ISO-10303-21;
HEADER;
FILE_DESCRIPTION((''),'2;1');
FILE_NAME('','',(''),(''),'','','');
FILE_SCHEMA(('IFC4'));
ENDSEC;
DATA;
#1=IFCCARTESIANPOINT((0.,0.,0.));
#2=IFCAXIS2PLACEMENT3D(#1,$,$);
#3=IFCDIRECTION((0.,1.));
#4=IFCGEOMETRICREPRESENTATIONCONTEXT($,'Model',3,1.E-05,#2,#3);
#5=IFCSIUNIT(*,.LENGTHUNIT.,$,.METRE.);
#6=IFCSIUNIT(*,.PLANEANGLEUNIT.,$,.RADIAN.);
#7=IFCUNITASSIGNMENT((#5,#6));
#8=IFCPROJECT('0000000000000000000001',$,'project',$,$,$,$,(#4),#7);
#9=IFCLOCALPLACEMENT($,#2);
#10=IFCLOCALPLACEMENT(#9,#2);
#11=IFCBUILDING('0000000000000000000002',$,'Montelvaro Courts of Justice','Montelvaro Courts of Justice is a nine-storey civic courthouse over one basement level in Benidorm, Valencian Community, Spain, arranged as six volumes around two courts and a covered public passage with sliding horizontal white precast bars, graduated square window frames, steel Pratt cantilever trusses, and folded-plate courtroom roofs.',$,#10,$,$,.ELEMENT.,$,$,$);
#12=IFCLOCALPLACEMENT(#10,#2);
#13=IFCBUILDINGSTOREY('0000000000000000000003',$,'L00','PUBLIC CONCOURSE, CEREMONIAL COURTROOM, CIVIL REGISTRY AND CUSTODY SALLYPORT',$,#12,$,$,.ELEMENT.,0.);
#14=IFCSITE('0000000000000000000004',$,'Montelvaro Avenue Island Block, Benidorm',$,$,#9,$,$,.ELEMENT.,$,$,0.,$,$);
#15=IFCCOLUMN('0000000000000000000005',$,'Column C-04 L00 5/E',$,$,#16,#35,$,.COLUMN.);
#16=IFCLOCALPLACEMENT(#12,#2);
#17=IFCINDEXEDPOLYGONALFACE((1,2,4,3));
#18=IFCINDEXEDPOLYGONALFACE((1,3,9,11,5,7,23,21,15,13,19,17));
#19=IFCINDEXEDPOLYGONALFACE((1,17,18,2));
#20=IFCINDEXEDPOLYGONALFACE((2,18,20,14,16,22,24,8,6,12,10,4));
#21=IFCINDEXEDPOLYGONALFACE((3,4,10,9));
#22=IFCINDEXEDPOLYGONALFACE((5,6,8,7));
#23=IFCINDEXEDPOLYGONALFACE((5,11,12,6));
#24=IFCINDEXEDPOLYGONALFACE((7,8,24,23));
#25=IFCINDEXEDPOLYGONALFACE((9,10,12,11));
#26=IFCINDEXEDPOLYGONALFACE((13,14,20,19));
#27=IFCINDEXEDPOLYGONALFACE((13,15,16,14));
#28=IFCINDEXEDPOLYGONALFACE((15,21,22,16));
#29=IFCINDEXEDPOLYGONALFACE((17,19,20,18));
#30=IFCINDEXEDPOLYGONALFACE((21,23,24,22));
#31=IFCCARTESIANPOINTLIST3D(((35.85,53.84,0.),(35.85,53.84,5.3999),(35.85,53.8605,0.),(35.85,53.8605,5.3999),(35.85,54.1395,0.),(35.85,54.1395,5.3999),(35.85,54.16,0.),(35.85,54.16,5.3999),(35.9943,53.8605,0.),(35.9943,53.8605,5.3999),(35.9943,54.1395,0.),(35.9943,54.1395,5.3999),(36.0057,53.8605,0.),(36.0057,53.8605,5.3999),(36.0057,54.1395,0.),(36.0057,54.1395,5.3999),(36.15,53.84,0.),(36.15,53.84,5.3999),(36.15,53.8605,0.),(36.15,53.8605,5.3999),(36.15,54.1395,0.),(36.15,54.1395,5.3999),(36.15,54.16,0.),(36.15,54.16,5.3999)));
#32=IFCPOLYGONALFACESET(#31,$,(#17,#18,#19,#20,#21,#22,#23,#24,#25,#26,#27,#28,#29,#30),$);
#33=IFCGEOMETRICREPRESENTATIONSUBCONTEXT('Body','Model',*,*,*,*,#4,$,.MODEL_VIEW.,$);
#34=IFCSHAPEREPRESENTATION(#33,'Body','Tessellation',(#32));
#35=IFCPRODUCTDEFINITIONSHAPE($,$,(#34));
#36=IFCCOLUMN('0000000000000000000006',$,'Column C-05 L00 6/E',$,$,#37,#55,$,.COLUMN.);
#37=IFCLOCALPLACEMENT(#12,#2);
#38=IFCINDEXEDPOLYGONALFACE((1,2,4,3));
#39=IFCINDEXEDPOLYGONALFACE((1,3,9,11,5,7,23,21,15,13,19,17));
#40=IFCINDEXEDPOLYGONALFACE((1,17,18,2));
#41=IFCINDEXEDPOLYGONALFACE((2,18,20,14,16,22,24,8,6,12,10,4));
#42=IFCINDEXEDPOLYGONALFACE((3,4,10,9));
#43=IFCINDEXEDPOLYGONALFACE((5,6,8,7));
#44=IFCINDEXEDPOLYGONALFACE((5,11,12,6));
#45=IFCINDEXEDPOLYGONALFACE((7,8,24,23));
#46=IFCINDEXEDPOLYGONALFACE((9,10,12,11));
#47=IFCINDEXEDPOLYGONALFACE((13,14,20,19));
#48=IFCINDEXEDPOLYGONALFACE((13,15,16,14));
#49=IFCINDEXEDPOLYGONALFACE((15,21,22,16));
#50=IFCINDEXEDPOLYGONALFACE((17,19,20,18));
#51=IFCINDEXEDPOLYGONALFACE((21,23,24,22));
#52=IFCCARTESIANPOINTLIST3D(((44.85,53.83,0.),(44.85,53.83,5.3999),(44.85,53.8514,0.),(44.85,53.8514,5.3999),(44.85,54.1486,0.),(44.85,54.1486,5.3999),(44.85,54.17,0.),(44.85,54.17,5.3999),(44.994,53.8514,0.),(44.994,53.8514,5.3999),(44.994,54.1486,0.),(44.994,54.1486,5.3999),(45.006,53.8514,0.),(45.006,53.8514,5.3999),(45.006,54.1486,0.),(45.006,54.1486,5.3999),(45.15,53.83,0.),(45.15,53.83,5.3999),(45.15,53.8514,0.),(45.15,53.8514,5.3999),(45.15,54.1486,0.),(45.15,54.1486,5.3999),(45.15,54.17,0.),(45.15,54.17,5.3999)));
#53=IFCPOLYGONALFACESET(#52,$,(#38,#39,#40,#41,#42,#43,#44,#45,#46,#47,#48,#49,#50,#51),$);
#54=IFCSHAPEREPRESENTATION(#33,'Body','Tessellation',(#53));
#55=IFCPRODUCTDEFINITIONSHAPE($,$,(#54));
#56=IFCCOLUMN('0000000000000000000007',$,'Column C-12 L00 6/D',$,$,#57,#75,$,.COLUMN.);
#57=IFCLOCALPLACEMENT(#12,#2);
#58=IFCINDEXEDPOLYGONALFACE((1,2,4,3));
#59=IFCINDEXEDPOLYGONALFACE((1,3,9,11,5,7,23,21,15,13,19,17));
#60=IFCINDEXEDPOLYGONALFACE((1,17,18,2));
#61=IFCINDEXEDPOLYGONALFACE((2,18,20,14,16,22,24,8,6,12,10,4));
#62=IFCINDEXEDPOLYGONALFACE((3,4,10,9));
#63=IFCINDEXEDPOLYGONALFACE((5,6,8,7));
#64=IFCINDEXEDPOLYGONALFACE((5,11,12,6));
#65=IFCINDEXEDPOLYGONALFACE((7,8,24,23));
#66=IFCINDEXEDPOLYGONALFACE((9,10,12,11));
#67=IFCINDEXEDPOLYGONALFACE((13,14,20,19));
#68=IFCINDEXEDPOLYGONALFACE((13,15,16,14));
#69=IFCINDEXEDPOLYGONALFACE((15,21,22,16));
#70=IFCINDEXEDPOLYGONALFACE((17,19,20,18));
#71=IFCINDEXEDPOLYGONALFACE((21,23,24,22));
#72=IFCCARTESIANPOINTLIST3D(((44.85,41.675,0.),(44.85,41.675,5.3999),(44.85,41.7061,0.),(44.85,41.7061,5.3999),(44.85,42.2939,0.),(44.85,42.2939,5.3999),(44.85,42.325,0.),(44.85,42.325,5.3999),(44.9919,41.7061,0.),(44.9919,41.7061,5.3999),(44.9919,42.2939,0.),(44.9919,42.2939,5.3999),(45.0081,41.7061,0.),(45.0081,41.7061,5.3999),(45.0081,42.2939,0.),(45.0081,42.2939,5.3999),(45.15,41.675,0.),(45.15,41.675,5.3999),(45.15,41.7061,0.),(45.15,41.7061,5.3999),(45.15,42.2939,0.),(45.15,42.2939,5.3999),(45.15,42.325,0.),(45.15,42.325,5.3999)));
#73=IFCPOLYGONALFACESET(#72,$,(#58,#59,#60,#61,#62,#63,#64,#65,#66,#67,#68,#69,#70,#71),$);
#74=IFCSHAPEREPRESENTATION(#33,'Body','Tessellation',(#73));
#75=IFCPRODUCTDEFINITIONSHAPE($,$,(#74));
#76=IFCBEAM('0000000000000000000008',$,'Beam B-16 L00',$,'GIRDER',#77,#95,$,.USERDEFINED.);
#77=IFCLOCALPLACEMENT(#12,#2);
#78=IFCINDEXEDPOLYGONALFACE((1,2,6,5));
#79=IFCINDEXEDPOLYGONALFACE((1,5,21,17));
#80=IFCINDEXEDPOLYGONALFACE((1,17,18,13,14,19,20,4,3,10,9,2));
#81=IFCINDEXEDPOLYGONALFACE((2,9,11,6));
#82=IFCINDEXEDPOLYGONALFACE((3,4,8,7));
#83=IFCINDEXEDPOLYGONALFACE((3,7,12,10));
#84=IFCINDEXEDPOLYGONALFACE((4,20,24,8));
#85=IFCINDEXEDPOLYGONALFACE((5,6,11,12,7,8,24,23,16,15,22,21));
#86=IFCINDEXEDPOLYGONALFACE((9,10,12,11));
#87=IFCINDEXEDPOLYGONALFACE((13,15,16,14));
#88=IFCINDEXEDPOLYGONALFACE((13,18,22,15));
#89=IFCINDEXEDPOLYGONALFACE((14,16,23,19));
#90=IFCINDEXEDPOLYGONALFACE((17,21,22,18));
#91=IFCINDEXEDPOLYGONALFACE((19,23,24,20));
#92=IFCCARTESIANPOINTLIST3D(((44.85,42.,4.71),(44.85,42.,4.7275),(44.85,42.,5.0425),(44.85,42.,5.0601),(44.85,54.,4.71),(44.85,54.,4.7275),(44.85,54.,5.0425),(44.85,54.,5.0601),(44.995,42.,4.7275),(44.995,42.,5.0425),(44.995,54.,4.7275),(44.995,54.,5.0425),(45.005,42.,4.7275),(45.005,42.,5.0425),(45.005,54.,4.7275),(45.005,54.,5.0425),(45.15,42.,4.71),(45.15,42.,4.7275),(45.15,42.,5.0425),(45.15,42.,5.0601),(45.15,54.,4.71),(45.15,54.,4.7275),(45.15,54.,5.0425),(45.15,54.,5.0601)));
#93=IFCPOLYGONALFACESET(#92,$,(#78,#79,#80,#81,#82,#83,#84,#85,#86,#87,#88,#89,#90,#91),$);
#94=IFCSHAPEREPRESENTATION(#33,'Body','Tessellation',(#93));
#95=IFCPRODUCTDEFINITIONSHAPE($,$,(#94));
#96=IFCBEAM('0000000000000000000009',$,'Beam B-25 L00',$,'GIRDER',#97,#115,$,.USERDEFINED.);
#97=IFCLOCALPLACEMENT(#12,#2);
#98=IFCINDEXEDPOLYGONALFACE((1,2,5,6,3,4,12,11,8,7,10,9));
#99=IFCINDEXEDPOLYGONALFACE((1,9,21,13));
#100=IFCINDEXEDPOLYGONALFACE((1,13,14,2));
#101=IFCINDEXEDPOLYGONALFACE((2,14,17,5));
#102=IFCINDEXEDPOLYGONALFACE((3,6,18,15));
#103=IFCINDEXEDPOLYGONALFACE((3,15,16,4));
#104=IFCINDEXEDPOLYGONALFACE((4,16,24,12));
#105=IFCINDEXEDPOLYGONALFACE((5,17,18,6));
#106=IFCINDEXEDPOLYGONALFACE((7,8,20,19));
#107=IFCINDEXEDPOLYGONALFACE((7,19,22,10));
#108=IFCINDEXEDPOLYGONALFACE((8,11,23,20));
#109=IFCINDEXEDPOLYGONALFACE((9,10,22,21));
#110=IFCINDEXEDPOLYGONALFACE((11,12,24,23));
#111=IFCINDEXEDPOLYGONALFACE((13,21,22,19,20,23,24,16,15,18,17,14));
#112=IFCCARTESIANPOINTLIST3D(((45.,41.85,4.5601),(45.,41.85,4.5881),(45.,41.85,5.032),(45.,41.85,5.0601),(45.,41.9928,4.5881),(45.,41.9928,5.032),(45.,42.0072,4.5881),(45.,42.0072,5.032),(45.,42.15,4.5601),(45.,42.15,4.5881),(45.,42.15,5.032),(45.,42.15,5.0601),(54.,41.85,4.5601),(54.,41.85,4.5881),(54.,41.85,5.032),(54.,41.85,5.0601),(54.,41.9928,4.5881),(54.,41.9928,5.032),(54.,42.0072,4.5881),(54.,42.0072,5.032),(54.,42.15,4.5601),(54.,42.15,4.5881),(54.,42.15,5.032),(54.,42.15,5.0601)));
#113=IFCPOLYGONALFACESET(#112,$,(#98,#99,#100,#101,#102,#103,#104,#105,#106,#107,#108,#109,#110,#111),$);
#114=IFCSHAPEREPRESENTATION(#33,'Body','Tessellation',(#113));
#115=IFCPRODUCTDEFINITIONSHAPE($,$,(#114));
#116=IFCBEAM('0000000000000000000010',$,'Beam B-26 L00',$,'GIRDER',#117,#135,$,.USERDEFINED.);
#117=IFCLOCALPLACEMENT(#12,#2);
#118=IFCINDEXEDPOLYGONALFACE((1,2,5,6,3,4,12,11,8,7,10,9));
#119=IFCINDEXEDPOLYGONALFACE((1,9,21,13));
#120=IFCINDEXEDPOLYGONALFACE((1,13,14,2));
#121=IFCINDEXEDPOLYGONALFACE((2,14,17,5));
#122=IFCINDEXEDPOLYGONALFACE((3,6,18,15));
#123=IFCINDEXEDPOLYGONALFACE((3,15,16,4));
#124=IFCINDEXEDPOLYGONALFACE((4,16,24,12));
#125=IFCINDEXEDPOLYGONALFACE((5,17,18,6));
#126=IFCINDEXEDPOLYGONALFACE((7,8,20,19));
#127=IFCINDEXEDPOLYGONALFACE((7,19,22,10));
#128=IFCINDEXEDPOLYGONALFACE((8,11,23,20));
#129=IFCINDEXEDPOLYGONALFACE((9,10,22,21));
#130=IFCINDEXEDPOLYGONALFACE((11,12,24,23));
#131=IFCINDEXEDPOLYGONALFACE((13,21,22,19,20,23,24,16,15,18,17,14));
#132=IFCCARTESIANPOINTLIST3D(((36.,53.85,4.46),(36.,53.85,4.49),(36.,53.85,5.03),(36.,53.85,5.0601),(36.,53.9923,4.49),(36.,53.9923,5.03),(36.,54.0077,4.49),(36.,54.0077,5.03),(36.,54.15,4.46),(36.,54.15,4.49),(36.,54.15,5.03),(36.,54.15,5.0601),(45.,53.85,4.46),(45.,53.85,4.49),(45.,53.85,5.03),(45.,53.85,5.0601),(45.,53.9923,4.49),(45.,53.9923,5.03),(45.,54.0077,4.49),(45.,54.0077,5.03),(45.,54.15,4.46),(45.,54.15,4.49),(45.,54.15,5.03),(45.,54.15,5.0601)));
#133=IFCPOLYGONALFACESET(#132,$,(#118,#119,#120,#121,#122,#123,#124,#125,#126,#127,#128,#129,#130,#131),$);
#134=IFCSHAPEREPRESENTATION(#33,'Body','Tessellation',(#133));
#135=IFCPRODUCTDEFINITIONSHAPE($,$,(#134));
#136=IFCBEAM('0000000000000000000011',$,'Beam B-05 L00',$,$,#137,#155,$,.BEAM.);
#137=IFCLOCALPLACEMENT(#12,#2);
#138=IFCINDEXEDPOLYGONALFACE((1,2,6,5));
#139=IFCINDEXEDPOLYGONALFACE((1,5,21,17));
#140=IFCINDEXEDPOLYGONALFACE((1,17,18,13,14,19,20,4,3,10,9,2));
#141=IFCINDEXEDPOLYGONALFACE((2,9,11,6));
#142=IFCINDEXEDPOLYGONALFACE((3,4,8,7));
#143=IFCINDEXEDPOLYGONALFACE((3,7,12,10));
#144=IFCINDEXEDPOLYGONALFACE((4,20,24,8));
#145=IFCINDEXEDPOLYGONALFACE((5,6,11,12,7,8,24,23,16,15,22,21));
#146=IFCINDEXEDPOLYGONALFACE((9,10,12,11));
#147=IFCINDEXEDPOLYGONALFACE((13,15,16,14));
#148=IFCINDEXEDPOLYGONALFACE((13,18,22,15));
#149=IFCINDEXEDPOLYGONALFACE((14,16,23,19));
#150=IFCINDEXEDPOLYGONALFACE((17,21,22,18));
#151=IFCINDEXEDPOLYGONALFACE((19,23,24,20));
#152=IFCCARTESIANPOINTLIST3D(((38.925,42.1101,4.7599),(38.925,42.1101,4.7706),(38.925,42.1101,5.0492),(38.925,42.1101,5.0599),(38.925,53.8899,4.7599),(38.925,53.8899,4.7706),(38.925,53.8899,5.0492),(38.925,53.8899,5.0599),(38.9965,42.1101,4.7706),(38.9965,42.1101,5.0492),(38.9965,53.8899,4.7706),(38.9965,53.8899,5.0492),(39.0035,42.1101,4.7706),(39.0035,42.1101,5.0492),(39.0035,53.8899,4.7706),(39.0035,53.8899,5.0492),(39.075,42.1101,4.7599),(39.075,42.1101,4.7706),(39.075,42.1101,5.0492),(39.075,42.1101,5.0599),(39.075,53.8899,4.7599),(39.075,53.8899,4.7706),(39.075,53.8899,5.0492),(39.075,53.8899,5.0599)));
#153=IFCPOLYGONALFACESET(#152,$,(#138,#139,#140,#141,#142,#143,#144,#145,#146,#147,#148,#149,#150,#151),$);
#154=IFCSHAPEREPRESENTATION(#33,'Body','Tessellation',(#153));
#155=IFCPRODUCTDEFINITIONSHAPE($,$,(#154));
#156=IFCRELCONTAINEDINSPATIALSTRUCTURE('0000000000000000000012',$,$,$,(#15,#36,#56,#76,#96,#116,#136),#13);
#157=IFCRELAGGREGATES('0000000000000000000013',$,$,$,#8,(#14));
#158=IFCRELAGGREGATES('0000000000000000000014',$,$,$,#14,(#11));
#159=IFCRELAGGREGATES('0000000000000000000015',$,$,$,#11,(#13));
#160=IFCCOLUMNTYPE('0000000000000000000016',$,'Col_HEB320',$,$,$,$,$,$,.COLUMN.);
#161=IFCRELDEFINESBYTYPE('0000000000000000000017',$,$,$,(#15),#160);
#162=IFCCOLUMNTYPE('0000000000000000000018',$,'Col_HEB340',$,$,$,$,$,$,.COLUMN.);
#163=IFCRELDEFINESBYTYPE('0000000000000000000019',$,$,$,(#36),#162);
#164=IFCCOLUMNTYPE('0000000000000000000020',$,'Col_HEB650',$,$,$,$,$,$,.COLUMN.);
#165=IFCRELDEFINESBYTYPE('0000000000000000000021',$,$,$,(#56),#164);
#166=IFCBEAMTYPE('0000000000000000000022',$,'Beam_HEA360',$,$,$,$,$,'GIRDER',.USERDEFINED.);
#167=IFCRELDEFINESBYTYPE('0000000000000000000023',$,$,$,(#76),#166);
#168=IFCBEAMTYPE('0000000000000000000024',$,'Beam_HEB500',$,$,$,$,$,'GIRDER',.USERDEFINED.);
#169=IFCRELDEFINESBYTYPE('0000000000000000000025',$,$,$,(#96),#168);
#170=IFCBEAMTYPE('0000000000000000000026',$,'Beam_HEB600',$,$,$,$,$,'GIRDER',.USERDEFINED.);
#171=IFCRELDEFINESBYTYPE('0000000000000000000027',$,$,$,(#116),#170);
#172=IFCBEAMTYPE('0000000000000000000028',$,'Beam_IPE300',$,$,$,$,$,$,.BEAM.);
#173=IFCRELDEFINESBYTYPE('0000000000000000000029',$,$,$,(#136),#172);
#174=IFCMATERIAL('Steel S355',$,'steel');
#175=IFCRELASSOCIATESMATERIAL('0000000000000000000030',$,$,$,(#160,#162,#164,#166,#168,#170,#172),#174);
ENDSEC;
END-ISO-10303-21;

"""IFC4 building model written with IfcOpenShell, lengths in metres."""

from ifc_helpers import new_model, si_unit, direction, frame, origin, origin_2d, place, context, subcontext, project, spatial, i_section, extrude, material, material_profile, profile_set, type_object, element, save


model = new_model("IFC4")

# Units and contexts
model_context = context("Model", 3, precision=1e-05, world=origin(), true_north=direction((0.0, 1.0)))
body_context = subcontext(model_context, "Body", "Model", "MODEL_VIEW")
ifc_project = project(units=[si_unit("LENGTHUNIT", "METRE"), si_unit("PLANEANGLEUNIT", "RADIAN")], contexts=[model_context])

# Site, building, storey
site_placement = place(None, origin())
site = spatial("IfcSite", under=ifc_project, at=site_placement, Name="Montelvaro Avenue Island Block, Benidorm", CompositionType="ELEMENT", RefElevation=0.0)
building_placement = place(site_placement, origin())
building = spatial("IfcBuilding", under=site, at=building_placement, Name="Montelvaro Courts of Justice", Description="Montelvaro Courts of Justice is a nine-storey civic courthouse over one basement level in Benidorm, Valencian Community, Spain, arranged as six volumes around two courts and a covered public passage with sliding horizontal white precast bars, graduated square window frames, steel Pratt cantilever trusses, and folded-plate courtroom roofs.", CompositionType="ELEMENT")
storey_placement = place(building_placement, origin())
storey = spatial("IfcBuildingStorey", under=building, at=storey_placement, Name="L00", Description="PUBLIC CONCOURSE, CEREMONIAL COURTROOM, CIVIL REGISTRY AND CUSTODY SALLYPORT", CompositionType="ELEMENT", Elevation=0.0)

# Columns
ifc_material_1 = material(Name="Steel S355", Category="steel")
ifc_material_profile_1 = material_profile(ifc_material_1, i_section(OverallWidth=0.3, OverallDepth=0.3201, WebThickness=0.0115, FlangeThickness=0.0205, at=origin_2d()), Name="HEB 320")
ifc_profile_set_1 = profile_set([ifc_material_profile_1], Name="Steel S355")
column_type_1 = type_object("IfcColumnType", Name="Col_HEB320", PredefinedType="COLUMN", material=ifc_profile_set_1)
column_1_placement = place(storey_placement, frame((36.0, 54.0, 0.0), z_axis=(0.0, 0.0, 1.0), x_axis=(1.0, 0.0, 0.0)))
element("IfcColumn", 1, at=column_1_placement, inside=storey, type_object=column_type_1, Name="Column C-04 L00 5/E", PredefinedType="COLUMN", context=body_context, shape_type="SweptSolid", body=[
    extrude(i_section(OverallWidth=0.3, OverallDepth=0.3201, WebThickness=0.0115, FlangeThickness=0.0205, at=origin_2d()), origin(), (0.0, 0.0, 1.0), 5.3999),
])
ifc_material_profile_2 = material_profile(ifc_material_1, i_section(OverallWidth=0.3, OverallDepth=0.3401, WebThickness=0.012, FlangeThickness=0.0215, at=origin_2d()), Name="HEB 340")
ifc_profile_set_2 = profile_set([ifc_material_profile_2], Name="Steel S355")
column_type_2 = type_object("IfcColumnType", Name="Col_HEB340", PredefinedType="COLUMN", material=ifc_profile_set_2)
column_2_placement = place(storey_placement, frame((45.0, 54.0, 0.0), z_axis=(0.0, 0.0, 1.0), x_axis=(1.0, 0.0, 0.0)))
element("IfcColumn", 2, at=column_2_placement, inside=storey, type_object=column_type_2, Name="Column C-05 L00 6/E", PredefinedType="COLUMN", context=body_context, shape_type="SweptSolid", body=[
    extrude(i_section(OverallWidth=0.3, OverallDepth=0.3401, WebThickness=0.012, FlangeThickness=0.0215, at=origin_2d()), origin(), (0.0, 0.0, 1.0), 5.3999),
])
ifc_material_profile_3 = material_profile(ifc_material_1, i_section(OverallWidth=0.3, OverallDepth=0.6499, WebThickness=0.0161, FlangeThickness=0.031, at=origin_2d()), Name="HEB 650")
ifc_profile_set_3 = profile_set([ifc_material_profile_3], Name="Steel S355")
column_type_3 = type_object("IfcColumnType", Name="Col_HEB650", PredefinedType="COLUMN", material=ifc_profile_set_3)
column_3_placement = place(storey_placement, frame((45.0, 42.0, 0.0), z_axis=(0.0, 0.0, 1.0), x_axis=(1.0, 0.0, 0.0)))
element("IfcColumn", 3, at=column_3_placement, inside=storey, type_object=column_type_3, Name="Column C-12 L00 6/D", PredefinedType="COLUMN", context=body_context, shape_type="SweptSolid", body=[
    extrude(i_section(OverallWidth=0.3, OverallDepth=0.6499, WebThickness=0.0161, FlangeThickness=0.031, at=origin_2d()), origin(), (0.0, 0.0, 1.0), 5.3999),
])

# Beams
ifc_material_profile_4 = material_profile(ifc_material_1, i_section(OverallWidth=0.3, OverallDepth=0.3501, WebThickness=0.01, FlangeThickness=0.0176, at=origin_2d()), Name="HEA 360")
ifc_profile_set_4 = profile_set([ifc_material_profile_4], Name="Steel S355")
beam_type_1 = type_object("IfcBeamType", Name="Beam_HEA360", ElementType="GIRDER", PredefinedType="USERDEFINED", material=ifc_profile_set_4)
beam_1_placement = place(storey_placement, frame((45.0, 42.0, 4.885), z_axis=(0.0, 1.0, 0.0), x_axis=(-1.0, 0.0, 0.0)))
element("IfcBeam", 4, at=beam_1_placement, inside=storey, type_object=beam_type_1, Name="Beam B-16 L00", ObjectType="GIRDER", PredefinedType="USERDEFINED", context=body_context, shape_type="SweptSolid", body=[
    extrude(i_section(OverallWidth=0.3, OverallDepth=0.3501, WebThickness=0.01, FlangeThickness=0.0176, at=origin_2d()), origin(), (0.0, 0.0, 1.0), 12.0),
])
ifc_material_profile_5 = material_profile(ifc_material_1, i_section(OverallWidth=0.3, OverallDepth=0.5, WebThickness=0.0144, FlangeThickness=0.0281, at=origin_2d()), Name="HEB 500")
ifc_profile_set_5 = profile_set([ifc_material_profile_5], Name="Steel S355")
beam_type_2 = type_object("IfcBeamType", Name="Beam_HEB500", ElementType="GIRDER", PredefinedType="USERDEFINED", material=ifc_profile_set_5)
beam_2_placement = place(storey_placement, frame((45.0, 42.0, 4.8101), z_axis=(1.0, 0.0, 0.0), x_axis=(0.0, 1.0, 0.0)))
element("IfcBeam", 5, at=beam_2_placement, inside=storey, type_object=beam_type_2, Name="Beam B-25 L00", ObjectType="GIRDER", PredefinedType="USERDEFINED", context=body_context, shape_type="SweptSolid", body=[
    extrude(i_section(OverallWidth=0.3, OverallDepth=0.5, WebThickness=0.0144, FlangeThickness=0.0281, at=origin_2d()), origin(), (0.0, 0.0, 1.0), 9.0),
])
ifc_material_profile_6 = material_profile(ifc_material_1, i_section(OverallWidth=0.3, OverallDepth=0.6001, WebThickness=0.0154, FlangeThickness=0.03, at=origin_2d()), Name="HEB 600")
ifc_profile_set_6 = profile_set([ifc_material_profile_6], Name="Steel S355")
beam_type_3 = type_object("IfcBeamType", Name="Beam_HEB600", ElementType="GIRDER", PredefinedType="USERDEFINED", material=ifc_profile_set_6)
beam_3_placement = place(storey_placement, frame((36.0, 54.0, 4.76), z_axis=(1.0, 0.0, 0.0), x_axis=(0.0, 1.0, 0.0)))
element("IfcBeam", 6, at=beam_3_placement, inside=storey, type_object=beam_type_3, Name="Beam B-26 L00", ObjectType="GIRDER", PredefinedType="USERDEFINED", context=body_context, shape_type="SweptSolid", body=[
    extrude(i_section(OverallWidth=0.3, OverallDepth=0.6001, WebThickness=0.0154, FlangeThickness=0.03, at=origin_2d()), origin(), (0.0, 0.0, 1.0), 9.0),
])
ifc_material_profile_7 = material_profile(ifc_material_1, i_section(OverallWidth=0.1499, OverallDepth=0.3, WebThickness=0.0071, FlangeThickness=0.0107, at=origin_2d()), Name="IPE 300")
ifc_profile_set_7 = profile_set([ifc_material_profile_7], Name="Steel S355")
beam_type_4 = type_object("IfcBeamType", Name="Beam_IPE300", PredefinedType="BEAM", material=ifc_profile_set_7)
beam_4_placement = place(storey_placement, frame((39.0, 42.1101, 4.9099), z_axis=(0.0, 1.0, 0.0), x_axis=(-1.0, 0.0, 0.0)))
element("IfcBeam", 7, at=beam_4_placement, inside=storey, type_object=beam_type_4, Name="Beam B-05 L00", PredefinedType="BEAM", context=body_context, shape_type="SweptSolid", body=[
    extrude(i_section(OverallWidth=0.1499, OverallDepth=0.3, WebThickness=0.0071, FlangeThickness=0.0107, at=origin_2d()), origin(), (0.0, 0.0, 1.0), 11.7798),
])

save(model, "model.ifc")
